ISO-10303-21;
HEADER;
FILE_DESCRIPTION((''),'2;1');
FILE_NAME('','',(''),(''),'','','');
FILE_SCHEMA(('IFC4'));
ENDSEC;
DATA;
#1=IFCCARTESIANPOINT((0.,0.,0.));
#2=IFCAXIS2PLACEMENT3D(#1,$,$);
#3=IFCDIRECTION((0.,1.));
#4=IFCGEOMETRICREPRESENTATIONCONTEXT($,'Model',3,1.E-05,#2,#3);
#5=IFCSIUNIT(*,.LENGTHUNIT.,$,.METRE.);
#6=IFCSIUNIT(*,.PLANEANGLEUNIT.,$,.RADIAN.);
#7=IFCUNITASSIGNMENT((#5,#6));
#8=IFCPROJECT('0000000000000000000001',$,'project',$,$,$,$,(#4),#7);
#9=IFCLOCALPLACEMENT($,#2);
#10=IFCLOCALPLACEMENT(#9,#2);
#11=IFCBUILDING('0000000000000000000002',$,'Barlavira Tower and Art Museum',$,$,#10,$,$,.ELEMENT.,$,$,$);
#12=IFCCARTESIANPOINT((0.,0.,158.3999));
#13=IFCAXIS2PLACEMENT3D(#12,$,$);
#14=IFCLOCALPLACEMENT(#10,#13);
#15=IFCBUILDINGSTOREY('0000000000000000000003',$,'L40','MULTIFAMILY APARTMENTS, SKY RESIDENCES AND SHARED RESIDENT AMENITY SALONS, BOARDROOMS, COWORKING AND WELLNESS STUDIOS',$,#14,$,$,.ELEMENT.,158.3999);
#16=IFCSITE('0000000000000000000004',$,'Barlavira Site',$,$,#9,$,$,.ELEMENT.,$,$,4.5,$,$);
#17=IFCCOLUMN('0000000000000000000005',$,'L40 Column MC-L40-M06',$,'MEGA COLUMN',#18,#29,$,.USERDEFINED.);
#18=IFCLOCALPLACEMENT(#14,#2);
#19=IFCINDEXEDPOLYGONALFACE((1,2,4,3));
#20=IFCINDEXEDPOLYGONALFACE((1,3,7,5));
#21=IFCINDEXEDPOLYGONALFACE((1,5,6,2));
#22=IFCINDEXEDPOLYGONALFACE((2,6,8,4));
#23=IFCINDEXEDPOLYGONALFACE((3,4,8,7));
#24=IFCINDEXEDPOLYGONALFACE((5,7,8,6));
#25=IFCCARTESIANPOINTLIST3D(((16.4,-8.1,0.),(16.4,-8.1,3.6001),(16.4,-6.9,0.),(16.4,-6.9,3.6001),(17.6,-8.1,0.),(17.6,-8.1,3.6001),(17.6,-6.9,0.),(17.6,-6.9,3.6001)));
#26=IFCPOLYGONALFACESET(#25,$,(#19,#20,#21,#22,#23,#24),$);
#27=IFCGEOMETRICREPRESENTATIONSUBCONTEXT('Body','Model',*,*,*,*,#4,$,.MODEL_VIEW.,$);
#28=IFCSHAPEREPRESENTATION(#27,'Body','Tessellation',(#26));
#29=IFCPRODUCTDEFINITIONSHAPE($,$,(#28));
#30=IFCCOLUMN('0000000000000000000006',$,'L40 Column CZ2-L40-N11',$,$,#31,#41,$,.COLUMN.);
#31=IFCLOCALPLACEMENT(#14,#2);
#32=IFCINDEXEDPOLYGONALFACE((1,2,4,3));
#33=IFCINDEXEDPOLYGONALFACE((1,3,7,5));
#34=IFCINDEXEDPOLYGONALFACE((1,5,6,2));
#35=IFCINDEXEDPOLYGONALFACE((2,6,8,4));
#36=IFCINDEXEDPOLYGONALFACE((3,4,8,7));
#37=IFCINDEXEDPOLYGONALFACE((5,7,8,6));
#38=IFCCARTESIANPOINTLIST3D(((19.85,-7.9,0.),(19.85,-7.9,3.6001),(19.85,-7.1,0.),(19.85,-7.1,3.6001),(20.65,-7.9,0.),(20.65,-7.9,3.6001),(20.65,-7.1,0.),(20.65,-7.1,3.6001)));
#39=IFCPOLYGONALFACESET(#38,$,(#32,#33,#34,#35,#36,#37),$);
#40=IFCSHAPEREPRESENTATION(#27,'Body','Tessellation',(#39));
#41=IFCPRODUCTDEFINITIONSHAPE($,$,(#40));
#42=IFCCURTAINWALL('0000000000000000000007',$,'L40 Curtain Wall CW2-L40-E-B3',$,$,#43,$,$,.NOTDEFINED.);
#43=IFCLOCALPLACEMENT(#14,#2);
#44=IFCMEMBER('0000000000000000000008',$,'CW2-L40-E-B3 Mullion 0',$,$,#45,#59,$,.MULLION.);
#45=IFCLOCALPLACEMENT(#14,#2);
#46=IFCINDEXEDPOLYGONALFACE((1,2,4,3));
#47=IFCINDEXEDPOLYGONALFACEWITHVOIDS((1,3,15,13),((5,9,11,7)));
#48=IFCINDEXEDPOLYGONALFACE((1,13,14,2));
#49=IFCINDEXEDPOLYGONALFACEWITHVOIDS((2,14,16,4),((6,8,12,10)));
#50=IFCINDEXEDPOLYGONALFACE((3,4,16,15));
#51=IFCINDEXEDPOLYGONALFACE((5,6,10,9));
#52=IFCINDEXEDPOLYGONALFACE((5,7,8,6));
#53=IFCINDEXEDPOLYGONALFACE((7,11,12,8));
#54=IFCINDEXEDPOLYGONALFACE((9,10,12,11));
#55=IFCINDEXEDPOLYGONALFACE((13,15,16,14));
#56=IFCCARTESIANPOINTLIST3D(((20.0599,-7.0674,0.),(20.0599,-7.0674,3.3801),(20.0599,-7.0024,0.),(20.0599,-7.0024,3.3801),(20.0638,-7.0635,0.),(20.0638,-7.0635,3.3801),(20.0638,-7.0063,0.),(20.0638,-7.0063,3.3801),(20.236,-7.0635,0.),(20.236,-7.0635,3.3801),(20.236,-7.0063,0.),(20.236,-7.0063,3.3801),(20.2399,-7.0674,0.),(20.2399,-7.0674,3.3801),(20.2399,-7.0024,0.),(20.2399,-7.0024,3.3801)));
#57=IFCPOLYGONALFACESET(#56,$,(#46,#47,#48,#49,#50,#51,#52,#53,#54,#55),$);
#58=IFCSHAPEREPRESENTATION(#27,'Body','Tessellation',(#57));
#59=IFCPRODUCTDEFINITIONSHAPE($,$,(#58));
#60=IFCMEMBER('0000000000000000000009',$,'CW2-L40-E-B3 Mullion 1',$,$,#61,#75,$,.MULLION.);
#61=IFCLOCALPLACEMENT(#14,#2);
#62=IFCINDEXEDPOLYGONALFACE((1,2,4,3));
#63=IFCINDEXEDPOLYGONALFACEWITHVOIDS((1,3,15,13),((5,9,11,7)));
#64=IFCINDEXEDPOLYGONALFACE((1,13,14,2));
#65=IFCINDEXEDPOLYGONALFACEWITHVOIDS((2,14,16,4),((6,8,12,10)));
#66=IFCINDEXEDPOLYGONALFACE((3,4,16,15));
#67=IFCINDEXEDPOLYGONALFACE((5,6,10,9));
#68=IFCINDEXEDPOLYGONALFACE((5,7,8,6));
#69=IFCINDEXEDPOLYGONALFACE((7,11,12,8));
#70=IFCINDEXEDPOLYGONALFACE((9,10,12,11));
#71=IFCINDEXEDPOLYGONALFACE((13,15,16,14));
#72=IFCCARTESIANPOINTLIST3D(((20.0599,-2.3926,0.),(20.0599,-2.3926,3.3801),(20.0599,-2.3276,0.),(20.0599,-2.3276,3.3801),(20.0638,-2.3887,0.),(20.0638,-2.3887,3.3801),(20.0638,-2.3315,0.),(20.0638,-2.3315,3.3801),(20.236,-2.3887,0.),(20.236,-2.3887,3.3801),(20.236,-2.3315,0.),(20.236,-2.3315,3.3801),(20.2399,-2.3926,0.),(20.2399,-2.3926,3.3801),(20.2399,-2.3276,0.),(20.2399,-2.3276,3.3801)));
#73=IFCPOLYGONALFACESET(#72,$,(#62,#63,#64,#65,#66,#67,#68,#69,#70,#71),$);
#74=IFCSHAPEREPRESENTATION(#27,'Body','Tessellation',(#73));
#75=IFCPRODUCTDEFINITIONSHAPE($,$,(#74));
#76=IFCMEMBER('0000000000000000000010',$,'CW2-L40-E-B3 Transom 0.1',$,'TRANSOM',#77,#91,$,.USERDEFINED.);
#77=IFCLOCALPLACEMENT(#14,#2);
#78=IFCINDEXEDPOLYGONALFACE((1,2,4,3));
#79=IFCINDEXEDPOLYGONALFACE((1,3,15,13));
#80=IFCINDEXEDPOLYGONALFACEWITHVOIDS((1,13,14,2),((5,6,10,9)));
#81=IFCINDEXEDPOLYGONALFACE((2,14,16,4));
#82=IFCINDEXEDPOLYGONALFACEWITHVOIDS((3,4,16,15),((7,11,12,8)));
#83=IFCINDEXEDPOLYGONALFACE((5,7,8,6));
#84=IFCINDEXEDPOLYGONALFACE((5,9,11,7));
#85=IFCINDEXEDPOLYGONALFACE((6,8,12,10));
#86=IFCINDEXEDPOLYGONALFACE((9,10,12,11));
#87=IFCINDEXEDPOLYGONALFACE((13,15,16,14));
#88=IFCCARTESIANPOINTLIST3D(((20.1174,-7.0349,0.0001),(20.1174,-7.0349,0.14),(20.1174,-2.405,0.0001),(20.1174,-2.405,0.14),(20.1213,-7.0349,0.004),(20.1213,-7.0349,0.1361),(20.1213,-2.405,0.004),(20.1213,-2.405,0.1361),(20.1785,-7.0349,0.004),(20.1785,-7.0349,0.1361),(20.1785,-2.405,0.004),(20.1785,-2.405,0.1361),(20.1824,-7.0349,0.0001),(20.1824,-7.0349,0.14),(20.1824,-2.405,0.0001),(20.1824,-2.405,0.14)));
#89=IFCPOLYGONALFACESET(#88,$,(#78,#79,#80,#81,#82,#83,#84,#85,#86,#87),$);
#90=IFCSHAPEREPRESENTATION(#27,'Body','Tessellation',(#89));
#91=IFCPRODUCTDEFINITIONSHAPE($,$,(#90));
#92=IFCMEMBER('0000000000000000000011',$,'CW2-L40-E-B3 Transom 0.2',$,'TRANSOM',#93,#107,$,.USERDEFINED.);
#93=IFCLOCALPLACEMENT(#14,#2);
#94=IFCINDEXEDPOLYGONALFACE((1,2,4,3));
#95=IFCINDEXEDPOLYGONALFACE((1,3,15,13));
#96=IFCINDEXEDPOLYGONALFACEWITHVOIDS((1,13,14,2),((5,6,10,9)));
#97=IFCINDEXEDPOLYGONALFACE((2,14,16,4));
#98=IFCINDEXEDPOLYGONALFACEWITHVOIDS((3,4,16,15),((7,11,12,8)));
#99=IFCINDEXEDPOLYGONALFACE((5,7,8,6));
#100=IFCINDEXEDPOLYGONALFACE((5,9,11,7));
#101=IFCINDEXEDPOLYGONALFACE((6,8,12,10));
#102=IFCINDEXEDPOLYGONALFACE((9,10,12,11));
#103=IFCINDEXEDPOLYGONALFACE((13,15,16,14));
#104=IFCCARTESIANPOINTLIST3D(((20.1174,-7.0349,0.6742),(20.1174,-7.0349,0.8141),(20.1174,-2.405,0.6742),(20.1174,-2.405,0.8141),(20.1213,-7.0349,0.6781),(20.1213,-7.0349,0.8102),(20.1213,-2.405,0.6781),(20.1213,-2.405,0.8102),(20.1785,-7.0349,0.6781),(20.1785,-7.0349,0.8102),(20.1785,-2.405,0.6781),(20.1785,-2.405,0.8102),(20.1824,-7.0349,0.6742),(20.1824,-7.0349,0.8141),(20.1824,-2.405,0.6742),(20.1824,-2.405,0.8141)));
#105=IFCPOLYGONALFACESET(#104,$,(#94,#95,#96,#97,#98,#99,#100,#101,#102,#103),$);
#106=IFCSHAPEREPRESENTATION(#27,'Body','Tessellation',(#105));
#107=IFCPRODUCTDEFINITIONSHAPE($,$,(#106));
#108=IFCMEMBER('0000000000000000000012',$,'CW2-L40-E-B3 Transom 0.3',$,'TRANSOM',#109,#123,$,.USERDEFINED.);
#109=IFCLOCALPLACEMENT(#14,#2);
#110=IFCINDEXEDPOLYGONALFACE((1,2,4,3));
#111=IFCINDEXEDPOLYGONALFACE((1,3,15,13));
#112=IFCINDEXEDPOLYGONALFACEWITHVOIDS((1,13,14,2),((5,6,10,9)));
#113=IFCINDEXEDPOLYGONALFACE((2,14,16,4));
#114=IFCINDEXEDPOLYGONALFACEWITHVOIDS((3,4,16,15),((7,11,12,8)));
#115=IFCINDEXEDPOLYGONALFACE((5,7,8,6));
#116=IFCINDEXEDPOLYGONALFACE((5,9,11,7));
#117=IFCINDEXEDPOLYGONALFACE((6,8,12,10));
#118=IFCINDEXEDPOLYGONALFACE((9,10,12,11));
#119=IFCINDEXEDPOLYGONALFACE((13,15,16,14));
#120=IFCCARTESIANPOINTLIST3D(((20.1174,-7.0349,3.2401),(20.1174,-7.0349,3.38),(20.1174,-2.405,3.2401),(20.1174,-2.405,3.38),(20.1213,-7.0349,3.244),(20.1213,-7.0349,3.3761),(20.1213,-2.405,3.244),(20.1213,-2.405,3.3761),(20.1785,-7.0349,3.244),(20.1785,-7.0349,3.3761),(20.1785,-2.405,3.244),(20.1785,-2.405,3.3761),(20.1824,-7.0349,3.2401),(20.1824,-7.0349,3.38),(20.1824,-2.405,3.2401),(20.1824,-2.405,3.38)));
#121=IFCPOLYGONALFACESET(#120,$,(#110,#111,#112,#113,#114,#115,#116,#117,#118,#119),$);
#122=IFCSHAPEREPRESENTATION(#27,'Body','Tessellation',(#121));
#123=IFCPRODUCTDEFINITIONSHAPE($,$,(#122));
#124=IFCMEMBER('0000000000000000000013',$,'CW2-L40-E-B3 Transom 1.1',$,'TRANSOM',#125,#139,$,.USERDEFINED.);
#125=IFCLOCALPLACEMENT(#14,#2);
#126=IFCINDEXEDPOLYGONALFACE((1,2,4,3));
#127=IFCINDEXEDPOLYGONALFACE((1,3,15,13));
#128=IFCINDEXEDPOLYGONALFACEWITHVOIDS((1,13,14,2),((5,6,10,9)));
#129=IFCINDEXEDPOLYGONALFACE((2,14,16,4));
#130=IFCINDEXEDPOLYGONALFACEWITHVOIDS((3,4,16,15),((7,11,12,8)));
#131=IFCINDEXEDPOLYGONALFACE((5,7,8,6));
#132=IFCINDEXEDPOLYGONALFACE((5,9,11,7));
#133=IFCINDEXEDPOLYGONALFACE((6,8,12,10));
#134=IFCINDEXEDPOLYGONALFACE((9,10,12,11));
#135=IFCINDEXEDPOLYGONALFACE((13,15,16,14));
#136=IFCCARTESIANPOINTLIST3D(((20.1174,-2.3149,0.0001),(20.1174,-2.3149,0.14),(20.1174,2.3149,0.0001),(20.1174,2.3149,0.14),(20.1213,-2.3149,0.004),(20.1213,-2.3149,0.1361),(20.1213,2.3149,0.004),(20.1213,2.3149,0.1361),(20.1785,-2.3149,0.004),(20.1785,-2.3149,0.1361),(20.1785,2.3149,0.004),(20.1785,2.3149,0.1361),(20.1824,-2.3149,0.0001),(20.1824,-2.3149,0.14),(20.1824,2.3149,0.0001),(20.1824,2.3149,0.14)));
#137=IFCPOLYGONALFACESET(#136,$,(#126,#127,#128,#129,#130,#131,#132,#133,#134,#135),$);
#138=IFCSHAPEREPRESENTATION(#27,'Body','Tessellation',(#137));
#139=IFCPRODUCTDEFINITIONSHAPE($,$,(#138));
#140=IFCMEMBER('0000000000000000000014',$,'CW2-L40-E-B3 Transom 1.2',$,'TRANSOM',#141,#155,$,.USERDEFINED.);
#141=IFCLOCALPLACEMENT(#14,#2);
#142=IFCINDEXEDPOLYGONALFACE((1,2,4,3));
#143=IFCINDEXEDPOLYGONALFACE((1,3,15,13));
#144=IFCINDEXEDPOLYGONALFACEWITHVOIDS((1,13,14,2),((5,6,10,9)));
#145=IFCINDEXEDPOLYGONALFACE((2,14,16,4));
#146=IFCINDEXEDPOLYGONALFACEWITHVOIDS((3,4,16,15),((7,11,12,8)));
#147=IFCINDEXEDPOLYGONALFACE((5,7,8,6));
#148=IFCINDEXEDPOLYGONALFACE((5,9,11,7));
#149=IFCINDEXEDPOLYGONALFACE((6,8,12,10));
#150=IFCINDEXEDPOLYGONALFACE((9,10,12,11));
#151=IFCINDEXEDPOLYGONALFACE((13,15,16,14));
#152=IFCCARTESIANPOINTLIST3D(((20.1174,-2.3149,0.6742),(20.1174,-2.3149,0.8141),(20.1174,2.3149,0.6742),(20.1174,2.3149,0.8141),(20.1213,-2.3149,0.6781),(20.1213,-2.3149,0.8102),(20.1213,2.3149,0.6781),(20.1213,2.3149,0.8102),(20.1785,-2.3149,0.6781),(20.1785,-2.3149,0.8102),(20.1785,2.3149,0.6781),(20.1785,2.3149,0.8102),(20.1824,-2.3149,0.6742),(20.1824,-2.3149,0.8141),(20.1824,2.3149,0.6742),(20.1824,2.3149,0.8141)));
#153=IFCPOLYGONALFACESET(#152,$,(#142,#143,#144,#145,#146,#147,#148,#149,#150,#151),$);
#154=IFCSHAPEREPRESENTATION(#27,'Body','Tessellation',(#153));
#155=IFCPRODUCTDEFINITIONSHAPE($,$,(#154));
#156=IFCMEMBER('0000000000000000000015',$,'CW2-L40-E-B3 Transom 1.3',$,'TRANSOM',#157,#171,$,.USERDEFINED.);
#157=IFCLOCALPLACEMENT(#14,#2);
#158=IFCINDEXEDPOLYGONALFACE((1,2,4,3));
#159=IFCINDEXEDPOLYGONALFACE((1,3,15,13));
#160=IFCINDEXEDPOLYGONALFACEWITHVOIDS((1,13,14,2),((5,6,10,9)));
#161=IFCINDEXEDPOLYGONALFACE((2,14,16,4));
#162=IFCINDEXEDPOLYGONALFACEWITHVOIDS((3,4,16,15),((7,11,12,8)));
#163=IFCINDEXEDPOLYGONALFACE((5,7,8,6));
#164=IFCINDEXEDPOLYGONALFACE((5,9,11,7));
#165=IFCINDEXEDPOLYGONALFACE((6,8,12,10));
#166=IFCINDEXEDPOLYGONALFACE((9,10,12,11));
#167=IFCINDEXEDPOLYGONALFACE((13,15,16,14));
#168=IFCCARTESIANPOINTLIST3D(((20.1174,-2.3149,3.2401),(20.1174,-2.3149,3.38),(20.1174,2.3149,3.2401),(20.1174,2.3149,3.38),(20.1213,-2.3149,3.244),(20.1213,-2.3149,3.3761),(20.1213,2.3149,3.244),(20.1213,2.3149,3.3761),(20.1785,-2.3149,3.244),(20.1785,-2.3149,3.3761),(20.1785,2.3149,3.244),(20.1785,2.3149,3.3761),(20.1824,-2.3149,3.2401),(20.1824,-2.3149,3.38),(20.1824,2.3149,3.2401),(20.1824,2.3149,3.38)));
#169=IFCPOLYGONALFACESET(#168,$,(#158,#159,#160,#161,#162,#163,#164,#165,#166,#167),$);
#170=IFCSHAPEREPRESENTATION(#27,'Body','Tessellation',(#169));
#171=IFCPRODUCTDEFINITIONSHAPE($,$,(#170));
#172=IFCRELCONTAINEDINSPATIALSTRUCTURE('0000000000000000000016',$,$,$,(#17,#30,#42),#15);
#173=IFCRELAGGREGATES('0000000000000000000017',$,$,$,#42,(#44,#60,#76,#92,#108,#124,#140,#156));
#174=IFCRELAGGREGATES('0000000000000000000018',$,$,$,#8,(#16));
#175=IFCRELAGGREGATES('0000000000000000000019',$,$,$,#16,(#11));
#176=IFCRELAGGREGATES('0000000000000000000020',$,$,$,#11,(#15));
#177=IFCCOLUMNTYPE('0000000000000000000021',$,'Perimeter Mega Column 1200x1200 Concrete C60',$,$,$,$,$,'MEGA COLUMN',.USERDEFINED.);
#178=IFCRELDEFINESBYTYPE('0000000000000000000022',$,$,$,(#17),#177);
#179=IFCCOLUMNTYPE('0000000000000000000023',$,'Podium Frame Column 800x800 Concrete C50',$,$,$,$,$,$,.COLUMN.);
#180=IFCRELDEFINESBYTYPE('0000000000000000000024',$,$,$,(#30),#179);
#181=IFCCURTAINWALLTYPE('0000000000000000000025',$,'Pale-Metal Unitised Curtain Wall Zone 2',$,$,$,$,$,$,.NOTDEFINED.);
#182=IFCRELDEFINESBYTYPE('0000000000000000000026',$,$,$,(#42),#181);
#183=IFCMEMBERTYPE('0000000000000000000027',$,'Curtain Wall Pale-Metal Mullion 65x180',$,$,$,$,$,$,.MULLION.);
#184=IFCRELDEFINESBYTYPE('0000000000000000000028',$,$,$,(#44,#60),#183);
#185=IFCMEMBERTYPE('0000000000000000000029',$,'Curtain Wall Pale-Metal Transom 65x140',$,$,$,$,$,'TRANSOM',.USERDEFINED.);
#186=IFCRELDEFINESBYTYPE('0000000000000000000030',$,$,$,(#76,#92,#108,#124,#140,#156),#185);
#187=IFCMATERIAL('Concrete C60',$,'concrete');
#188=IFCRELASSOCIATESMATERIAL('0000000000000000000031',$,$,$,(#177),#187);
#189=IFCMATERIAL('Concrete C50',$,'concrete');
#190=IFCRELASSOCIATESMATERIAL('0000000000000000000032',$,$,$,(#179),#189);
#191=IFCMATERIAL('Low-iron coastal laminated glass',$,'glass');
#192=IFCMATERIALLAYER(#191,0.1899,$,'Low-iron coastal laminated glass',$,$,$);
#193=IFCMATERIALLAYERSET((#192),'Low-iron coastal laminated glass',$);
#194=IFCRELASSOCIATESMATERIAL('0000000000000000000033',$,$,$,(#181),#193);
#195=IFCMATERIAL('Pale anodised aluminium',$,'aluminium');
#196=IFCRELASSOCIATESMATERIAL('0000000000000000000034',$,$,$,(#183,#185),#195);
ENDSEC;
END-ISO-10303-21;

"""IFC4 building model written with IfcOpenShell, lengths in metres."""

from ifc_helpers import new_model, si_unit, direction, frame, origin, origin_2d, place, context, subcontext, project, spatial, rectangle, hollow_rectangle, extrude, material, layer, layer_set, material_profile, profile_set, type_object, element, aggregate, save


model = new_model("IFC4")

# Units and contexts
model_context = context("Model", 3, precision=1e-05, world=origin(), true_north=direction((0.0, 1.0)))
body_context = subcontext(model_context, "Body", "Model", "MODEL_VIEW")
ifc_project = project(units=[si_unit("LENGTHUNIT", "METRE"), si_unit("PLANEANGLEUNIT", "RADIAN")], contexts=[model_context])

# Site, building, storey
site_placement = place(None, origin())
site = spatial("IfcSite", under=ifc_project, at=site_placement, Name="Barlavira Site", CompositionType="ELEMENT", RefElevation=4.5)
building_placement = place(site_placement, origin())
building = spatial("IfcBuilding", under=site, at=building_placement, Name="Barlavira Tower and Art Museum", CompositionType="ELEMENT")
storey_placement = place(building_placement, frame((0.0, 0.0, 158.3999)))
storey = spatial("IfcBuildingStorey", under=building, at=storey_placement, Name="L40", Description="MULTIFAMILY APARTMENTS, SKY RESIDENCES AND SHARED RESIDENT AMENITY SALONS, BOARDROOMS, COWORKING AND WELLNESS STUDIOS", CompositionType="ELEMENT", Elevation=158.3999)

# Columns
ifc_material_1 = material(Name="Concrete C60", Category="concrete")
ifc_material_profile_1 = material_profile(ifc_material_1, rectangle(XDim=1.2, YDim=1.2, at=origin_2d()), Name="RC-COL 1200x1200")
ifc_profile_set_1 = profile_set([ifc_material_profile_1], Name="Concrete C60")
column_type_1 = type_object("IfcColumnType", Name="Perimeter Mega Column 1200x1200 Concrete C60", ElementType="MEGA COLUMN", PredefinedType="USERDEFINED", material=ifc_profile_set_1)
column_1_placement = place(storey_placement, frame((17.0, -7.5, 0.0), z_axis=(0.0, 0.0, 1.0), x_axis=(1.0, 0.0, 0.0)))
element("IfcColumn", 1, at=column_1_placement, inside=storey, type_object=column_type_1, Name="L40 Column MC-L40-M06", ObjectType="MEGA COLUMN", PredefinedType="USERDEFINED", context=body_context, shape_type="SweptSolid", body=[
    extrude(rectangle(XDim=1.2, YDim=1.2, at=origin_2d()), origin(), (0.0, 0.0, 1.0), 3.6001),
])
ifc_material_2 = material(Name="Concrete C50", Category="concrete")
ifc_material_profile_2 = material_profile(ifc_material_2, rectangle(XDim=0.8, YDim=0.8, at=origin_2d()), Name="RC-COL 800x800")
ifc_profile_set_2 = profile_set([ifc_material_profile_2], Name="Concrete C50")
column_type_2 = type_object("IfcColumnType", Name="Podium Frame Column 800x800 Concrete C50", PredefinedType="COLUMN", material=ifc_profile_set_2)
column_2_placement = place(storey_placement, frame((20.25, -7.5, 0.0), z_axis=(0.0, 0.0, 1.0), x_axis=(1.0, 0.0, 0.0)))
element("IfcColumn", 2, at=column_2_placement, inside=storey, type_object=column_type_2, Name="L40 Column CZ2-L40-N11", PredefinedType="COLUMN", context=body_context, shape_type="SweptSolid", body=[
    extrude(rectangle(XDim=0.8, YDim=0.8, at=origin_2d()), origin(), (0.0, 0.0, 1.0), 3.6001),
])

# Curtain wall, members
ifc_material_3 = material(Name="Low-iron coastal laminated glass", Category="glass")
ifc_layer_1 = layer(ifc_material_3, 0.1899, Name="Low-iron coastal laminated glass")
ifc_layer_set_1 = layer_set([ifc_layer_1], Name="Low-iron coastal laminated glass")
curtain_wall_type = type_object("IfcCurtainWallType", Name="Pale-Metal Unitised Curtain Wall Zone 2", PredefinedType="NOTDEFINED", material=ifc_layer_set_1)
curtain_wall_placement = place(storey_placement, origin())
curtain_wall = element("IfcCurtainWall", 3, at=curtain_wall_placement, inside=storey, type_object=curtain_wall_type, Name="L40 Curtain Wall CW2-L40-E-B3", PredefinedType="NOTDEFINED")
ifc_material_4 = material(Name="Pale anodised aluminium", Category="aluminium")
ifc_material_profile_3 = material_profile(ifc_material_4, hollow_rectangle(XDim=0.0649, YDim=0.1799, WallThickness=0.0039, at=origin_2d()), Name="ALU-MULL 65x180x4")
ifc_profile_set_3 = profile_set([ifc_material_profile_3], Name="Pale anodised aluminium")
member_type_1 = type_object("IfcMemberType", Name="Curtain Wall Pale-Metal Mullion 65x180", PredefinedType="MULLION", material=ifc_profile_set_3)
member_1_placement = place(storey_placement, frame((20.1499, -7.0349, 0.0), z_axis=(0.0, 0.0, 1.0), x_axis=(0.0, 1.0, 0.0)))
member_1 = element("IfcMember", 4, at=member_1_placement, type_object=member_type_1, Name="CW2-L40-E-B3 Mullion 0", PredefinedType="MULLION", context=body_context, shape_type="SweptSolid", body=[
    extrude(hollow_rectangle(XDim=0.0649, YDim=0.1799, WallThickness=0.0039, at=origin_2d()), origin(), (0.0, 0.0, 1.0), 3.3801),
])
member_2_placement = place(storey_placement, frame((20.1499, -2.3601, 0.0), z_axis=(0.0, 0.0, 1.0), x_axis=(0.0, 1.0, 0.0)))
member_2 = element("IfcMember", 5, at=member_2_placement, type_object=member_type_1, Name="CW2-L40-E-B3 Mullion 1", PredefinedType="MULLION", context=body_context, shape_type="SweptSolid", body=[
    extrude(hollow_rectangle(XDim=0.0649, YDim=0.1799, WallThickness=0.0039, at=origin_2d()), origin(), (0.0, 0.0, 1.0), 3.3801),
])
ifc_material_profile_4 = material_profile(ifc_material_4, hollow_rectangle(XDim=0.0649, YDim=0.1399, WallThickness=0.0039, at=origin_2d()), Name="ALU-TRAN 65x140x4")
ifc_profile_set_4 = profile_set([ifc_material_profile_4], Name="Pale anodised aluminium")
member_type_2 = type_object("IfcMemberType", Name="Curtain Wall Pale-Metal Transom 65x140", ElementType="TRANSOM", PredefinedType="USERDEFINED", material=ifc_profile_set_4)
member_3_placement = place(storey_placement, frame((20.1499, -7.0349, 0.0701), z_axis=(0.0, 1.0, 0.0), x_axis=(-1.0, 0.0, 0.0)))
member_3 = element("IfcMember", 6, at=member_3_placement, type_object=member_type_2, Name="CW2-L40-E-B3 Transom 0.1", ObjectType="TRANSOM", PredefinedType="USERDEFINED", context=body_context, shape_type="SweptSolid", body=[
    extrude(hollow_rectangle(XDim=0.0649, YDim=0.1399, WallThickness=0.0039, at=origin_2d()), origin(), (0.0, 0.0, 1.0), 4.6299),
])
member_4_placement = place(storey_placement, frame((20.1499, -7.0349, 0.7441), z_axis=(0.0, 1.0, 0.0), x_axis=(-1.0, 0.0, 0.0)))
member_4 = element("IfcMember", 7, at=member_4_placement, type_object=member_type_2, Name="CW2-L40-E-B3 Transom 0.2", ObjectType="TRANSOM", PredefinedType="USERDEFINED", context=body_context, shape_type="SweptSolid", body=[
    extrude(hollow_rectangle(XDim=0.0649, YDim=0.1399, WallThickness=0.0039, at=origin_2d()), origin(), (0.0, 0.0, 1.0), 4.6299),
])
member_5_placement = place(storey_placement, frame((20.1499, -7.0349, 3.3101), z_axis=(0.0, 1.0, 0.0), x_axis=(-1.0, 0.0, 0.0)))
member_5 = element("IfcMember", 8, at=member_5_placement, type_object=member_type_2, Name="CW2-L40-E-B3 Transom 0.3", ObjectType="TRANSOM", PredefinedType="USERDEFINED", context=body_context, shape_type="SweptSolid", body=[
    extrude(hollow_rectangle(XDim=0.0649, YDim=0.1399, WallThickness=0.0039, at=origin_2d()), origin(), (0.0, 0.0, 1.0), 4.6299),
])
member_6_placement = place(storey_placement, frame((20.1499, -2.3149, 0.0701), z_axis=(0.0, 1.0, 0.0), x_axis=(-1.0, 0.0, 0.0)))
member_6 = element("IfcMember", 9, at=member_6_placement, type_object=member_type_2, Name="CW2-L40-E-B3 Transom 1.1", ObjectType="TRANSOM", PredefinedType="USERDEFINED", context=body_context, shape_type="SweptSolid", body=[
    extrude(hollow_rectangle(XDim=0.0649, YDim=0.1399, WallThickness=0.0039, at=origin_2d()), origin(), (0.0, 0.0, 1.0), 4.6299),
])
member_7_placement = place(storey_placement, frame((20.1499, -2.3149, 0.7441), z_axis=(0.0, 1.0, 0.0), x_axis=(-1.0, 0.0, 0.0)))
member_7 = element("IfcMember", 10, at=member_7_placement, type_object=member_type_2, Name="CW2-L40-E-B3 Transom 1.2", ObjectType="TRANSOM", PredefinedType="USERDEFINED", context=body_context, shape_type="SweptSolid", body=[
    extrude(hollow_rectangle(XDim=0.0649, YDim=0.1399, WallThickness=0.0039, at=origin_2d()), origin(), (0.0, 0.0, 1.0), 4.6299),
])
member_8_placement = place(storey_placement, frame((20.1499, -2.3149, 3.3101), z_axis=(0.0, 1.0, 0.0), x_axis=(-1.0, 0.0, 0.0)))
member_8 = element("IfcMember", 11, at=member_8_placement, type_object=member_type_2, Name="CW2-L40-E-B3 Transom 1.3", ObjectType="TRANSOM", PredefinedType="USERDEFINED", context=body_context, shape_type="SweptSolid", body=[
    extrude(hollow_rectangle(XDim=0.0649, YDim=0.1399, WallThickness=0.0039, at=origin_2d()), origin(), (0.0, 0.0, 1.0), 4.6299),
])

aggregate(curtain_wall, [member_1, member_2, member_3, member_4, member_5, member_6, member_7, member_8])

save(model, "model.ifc")
